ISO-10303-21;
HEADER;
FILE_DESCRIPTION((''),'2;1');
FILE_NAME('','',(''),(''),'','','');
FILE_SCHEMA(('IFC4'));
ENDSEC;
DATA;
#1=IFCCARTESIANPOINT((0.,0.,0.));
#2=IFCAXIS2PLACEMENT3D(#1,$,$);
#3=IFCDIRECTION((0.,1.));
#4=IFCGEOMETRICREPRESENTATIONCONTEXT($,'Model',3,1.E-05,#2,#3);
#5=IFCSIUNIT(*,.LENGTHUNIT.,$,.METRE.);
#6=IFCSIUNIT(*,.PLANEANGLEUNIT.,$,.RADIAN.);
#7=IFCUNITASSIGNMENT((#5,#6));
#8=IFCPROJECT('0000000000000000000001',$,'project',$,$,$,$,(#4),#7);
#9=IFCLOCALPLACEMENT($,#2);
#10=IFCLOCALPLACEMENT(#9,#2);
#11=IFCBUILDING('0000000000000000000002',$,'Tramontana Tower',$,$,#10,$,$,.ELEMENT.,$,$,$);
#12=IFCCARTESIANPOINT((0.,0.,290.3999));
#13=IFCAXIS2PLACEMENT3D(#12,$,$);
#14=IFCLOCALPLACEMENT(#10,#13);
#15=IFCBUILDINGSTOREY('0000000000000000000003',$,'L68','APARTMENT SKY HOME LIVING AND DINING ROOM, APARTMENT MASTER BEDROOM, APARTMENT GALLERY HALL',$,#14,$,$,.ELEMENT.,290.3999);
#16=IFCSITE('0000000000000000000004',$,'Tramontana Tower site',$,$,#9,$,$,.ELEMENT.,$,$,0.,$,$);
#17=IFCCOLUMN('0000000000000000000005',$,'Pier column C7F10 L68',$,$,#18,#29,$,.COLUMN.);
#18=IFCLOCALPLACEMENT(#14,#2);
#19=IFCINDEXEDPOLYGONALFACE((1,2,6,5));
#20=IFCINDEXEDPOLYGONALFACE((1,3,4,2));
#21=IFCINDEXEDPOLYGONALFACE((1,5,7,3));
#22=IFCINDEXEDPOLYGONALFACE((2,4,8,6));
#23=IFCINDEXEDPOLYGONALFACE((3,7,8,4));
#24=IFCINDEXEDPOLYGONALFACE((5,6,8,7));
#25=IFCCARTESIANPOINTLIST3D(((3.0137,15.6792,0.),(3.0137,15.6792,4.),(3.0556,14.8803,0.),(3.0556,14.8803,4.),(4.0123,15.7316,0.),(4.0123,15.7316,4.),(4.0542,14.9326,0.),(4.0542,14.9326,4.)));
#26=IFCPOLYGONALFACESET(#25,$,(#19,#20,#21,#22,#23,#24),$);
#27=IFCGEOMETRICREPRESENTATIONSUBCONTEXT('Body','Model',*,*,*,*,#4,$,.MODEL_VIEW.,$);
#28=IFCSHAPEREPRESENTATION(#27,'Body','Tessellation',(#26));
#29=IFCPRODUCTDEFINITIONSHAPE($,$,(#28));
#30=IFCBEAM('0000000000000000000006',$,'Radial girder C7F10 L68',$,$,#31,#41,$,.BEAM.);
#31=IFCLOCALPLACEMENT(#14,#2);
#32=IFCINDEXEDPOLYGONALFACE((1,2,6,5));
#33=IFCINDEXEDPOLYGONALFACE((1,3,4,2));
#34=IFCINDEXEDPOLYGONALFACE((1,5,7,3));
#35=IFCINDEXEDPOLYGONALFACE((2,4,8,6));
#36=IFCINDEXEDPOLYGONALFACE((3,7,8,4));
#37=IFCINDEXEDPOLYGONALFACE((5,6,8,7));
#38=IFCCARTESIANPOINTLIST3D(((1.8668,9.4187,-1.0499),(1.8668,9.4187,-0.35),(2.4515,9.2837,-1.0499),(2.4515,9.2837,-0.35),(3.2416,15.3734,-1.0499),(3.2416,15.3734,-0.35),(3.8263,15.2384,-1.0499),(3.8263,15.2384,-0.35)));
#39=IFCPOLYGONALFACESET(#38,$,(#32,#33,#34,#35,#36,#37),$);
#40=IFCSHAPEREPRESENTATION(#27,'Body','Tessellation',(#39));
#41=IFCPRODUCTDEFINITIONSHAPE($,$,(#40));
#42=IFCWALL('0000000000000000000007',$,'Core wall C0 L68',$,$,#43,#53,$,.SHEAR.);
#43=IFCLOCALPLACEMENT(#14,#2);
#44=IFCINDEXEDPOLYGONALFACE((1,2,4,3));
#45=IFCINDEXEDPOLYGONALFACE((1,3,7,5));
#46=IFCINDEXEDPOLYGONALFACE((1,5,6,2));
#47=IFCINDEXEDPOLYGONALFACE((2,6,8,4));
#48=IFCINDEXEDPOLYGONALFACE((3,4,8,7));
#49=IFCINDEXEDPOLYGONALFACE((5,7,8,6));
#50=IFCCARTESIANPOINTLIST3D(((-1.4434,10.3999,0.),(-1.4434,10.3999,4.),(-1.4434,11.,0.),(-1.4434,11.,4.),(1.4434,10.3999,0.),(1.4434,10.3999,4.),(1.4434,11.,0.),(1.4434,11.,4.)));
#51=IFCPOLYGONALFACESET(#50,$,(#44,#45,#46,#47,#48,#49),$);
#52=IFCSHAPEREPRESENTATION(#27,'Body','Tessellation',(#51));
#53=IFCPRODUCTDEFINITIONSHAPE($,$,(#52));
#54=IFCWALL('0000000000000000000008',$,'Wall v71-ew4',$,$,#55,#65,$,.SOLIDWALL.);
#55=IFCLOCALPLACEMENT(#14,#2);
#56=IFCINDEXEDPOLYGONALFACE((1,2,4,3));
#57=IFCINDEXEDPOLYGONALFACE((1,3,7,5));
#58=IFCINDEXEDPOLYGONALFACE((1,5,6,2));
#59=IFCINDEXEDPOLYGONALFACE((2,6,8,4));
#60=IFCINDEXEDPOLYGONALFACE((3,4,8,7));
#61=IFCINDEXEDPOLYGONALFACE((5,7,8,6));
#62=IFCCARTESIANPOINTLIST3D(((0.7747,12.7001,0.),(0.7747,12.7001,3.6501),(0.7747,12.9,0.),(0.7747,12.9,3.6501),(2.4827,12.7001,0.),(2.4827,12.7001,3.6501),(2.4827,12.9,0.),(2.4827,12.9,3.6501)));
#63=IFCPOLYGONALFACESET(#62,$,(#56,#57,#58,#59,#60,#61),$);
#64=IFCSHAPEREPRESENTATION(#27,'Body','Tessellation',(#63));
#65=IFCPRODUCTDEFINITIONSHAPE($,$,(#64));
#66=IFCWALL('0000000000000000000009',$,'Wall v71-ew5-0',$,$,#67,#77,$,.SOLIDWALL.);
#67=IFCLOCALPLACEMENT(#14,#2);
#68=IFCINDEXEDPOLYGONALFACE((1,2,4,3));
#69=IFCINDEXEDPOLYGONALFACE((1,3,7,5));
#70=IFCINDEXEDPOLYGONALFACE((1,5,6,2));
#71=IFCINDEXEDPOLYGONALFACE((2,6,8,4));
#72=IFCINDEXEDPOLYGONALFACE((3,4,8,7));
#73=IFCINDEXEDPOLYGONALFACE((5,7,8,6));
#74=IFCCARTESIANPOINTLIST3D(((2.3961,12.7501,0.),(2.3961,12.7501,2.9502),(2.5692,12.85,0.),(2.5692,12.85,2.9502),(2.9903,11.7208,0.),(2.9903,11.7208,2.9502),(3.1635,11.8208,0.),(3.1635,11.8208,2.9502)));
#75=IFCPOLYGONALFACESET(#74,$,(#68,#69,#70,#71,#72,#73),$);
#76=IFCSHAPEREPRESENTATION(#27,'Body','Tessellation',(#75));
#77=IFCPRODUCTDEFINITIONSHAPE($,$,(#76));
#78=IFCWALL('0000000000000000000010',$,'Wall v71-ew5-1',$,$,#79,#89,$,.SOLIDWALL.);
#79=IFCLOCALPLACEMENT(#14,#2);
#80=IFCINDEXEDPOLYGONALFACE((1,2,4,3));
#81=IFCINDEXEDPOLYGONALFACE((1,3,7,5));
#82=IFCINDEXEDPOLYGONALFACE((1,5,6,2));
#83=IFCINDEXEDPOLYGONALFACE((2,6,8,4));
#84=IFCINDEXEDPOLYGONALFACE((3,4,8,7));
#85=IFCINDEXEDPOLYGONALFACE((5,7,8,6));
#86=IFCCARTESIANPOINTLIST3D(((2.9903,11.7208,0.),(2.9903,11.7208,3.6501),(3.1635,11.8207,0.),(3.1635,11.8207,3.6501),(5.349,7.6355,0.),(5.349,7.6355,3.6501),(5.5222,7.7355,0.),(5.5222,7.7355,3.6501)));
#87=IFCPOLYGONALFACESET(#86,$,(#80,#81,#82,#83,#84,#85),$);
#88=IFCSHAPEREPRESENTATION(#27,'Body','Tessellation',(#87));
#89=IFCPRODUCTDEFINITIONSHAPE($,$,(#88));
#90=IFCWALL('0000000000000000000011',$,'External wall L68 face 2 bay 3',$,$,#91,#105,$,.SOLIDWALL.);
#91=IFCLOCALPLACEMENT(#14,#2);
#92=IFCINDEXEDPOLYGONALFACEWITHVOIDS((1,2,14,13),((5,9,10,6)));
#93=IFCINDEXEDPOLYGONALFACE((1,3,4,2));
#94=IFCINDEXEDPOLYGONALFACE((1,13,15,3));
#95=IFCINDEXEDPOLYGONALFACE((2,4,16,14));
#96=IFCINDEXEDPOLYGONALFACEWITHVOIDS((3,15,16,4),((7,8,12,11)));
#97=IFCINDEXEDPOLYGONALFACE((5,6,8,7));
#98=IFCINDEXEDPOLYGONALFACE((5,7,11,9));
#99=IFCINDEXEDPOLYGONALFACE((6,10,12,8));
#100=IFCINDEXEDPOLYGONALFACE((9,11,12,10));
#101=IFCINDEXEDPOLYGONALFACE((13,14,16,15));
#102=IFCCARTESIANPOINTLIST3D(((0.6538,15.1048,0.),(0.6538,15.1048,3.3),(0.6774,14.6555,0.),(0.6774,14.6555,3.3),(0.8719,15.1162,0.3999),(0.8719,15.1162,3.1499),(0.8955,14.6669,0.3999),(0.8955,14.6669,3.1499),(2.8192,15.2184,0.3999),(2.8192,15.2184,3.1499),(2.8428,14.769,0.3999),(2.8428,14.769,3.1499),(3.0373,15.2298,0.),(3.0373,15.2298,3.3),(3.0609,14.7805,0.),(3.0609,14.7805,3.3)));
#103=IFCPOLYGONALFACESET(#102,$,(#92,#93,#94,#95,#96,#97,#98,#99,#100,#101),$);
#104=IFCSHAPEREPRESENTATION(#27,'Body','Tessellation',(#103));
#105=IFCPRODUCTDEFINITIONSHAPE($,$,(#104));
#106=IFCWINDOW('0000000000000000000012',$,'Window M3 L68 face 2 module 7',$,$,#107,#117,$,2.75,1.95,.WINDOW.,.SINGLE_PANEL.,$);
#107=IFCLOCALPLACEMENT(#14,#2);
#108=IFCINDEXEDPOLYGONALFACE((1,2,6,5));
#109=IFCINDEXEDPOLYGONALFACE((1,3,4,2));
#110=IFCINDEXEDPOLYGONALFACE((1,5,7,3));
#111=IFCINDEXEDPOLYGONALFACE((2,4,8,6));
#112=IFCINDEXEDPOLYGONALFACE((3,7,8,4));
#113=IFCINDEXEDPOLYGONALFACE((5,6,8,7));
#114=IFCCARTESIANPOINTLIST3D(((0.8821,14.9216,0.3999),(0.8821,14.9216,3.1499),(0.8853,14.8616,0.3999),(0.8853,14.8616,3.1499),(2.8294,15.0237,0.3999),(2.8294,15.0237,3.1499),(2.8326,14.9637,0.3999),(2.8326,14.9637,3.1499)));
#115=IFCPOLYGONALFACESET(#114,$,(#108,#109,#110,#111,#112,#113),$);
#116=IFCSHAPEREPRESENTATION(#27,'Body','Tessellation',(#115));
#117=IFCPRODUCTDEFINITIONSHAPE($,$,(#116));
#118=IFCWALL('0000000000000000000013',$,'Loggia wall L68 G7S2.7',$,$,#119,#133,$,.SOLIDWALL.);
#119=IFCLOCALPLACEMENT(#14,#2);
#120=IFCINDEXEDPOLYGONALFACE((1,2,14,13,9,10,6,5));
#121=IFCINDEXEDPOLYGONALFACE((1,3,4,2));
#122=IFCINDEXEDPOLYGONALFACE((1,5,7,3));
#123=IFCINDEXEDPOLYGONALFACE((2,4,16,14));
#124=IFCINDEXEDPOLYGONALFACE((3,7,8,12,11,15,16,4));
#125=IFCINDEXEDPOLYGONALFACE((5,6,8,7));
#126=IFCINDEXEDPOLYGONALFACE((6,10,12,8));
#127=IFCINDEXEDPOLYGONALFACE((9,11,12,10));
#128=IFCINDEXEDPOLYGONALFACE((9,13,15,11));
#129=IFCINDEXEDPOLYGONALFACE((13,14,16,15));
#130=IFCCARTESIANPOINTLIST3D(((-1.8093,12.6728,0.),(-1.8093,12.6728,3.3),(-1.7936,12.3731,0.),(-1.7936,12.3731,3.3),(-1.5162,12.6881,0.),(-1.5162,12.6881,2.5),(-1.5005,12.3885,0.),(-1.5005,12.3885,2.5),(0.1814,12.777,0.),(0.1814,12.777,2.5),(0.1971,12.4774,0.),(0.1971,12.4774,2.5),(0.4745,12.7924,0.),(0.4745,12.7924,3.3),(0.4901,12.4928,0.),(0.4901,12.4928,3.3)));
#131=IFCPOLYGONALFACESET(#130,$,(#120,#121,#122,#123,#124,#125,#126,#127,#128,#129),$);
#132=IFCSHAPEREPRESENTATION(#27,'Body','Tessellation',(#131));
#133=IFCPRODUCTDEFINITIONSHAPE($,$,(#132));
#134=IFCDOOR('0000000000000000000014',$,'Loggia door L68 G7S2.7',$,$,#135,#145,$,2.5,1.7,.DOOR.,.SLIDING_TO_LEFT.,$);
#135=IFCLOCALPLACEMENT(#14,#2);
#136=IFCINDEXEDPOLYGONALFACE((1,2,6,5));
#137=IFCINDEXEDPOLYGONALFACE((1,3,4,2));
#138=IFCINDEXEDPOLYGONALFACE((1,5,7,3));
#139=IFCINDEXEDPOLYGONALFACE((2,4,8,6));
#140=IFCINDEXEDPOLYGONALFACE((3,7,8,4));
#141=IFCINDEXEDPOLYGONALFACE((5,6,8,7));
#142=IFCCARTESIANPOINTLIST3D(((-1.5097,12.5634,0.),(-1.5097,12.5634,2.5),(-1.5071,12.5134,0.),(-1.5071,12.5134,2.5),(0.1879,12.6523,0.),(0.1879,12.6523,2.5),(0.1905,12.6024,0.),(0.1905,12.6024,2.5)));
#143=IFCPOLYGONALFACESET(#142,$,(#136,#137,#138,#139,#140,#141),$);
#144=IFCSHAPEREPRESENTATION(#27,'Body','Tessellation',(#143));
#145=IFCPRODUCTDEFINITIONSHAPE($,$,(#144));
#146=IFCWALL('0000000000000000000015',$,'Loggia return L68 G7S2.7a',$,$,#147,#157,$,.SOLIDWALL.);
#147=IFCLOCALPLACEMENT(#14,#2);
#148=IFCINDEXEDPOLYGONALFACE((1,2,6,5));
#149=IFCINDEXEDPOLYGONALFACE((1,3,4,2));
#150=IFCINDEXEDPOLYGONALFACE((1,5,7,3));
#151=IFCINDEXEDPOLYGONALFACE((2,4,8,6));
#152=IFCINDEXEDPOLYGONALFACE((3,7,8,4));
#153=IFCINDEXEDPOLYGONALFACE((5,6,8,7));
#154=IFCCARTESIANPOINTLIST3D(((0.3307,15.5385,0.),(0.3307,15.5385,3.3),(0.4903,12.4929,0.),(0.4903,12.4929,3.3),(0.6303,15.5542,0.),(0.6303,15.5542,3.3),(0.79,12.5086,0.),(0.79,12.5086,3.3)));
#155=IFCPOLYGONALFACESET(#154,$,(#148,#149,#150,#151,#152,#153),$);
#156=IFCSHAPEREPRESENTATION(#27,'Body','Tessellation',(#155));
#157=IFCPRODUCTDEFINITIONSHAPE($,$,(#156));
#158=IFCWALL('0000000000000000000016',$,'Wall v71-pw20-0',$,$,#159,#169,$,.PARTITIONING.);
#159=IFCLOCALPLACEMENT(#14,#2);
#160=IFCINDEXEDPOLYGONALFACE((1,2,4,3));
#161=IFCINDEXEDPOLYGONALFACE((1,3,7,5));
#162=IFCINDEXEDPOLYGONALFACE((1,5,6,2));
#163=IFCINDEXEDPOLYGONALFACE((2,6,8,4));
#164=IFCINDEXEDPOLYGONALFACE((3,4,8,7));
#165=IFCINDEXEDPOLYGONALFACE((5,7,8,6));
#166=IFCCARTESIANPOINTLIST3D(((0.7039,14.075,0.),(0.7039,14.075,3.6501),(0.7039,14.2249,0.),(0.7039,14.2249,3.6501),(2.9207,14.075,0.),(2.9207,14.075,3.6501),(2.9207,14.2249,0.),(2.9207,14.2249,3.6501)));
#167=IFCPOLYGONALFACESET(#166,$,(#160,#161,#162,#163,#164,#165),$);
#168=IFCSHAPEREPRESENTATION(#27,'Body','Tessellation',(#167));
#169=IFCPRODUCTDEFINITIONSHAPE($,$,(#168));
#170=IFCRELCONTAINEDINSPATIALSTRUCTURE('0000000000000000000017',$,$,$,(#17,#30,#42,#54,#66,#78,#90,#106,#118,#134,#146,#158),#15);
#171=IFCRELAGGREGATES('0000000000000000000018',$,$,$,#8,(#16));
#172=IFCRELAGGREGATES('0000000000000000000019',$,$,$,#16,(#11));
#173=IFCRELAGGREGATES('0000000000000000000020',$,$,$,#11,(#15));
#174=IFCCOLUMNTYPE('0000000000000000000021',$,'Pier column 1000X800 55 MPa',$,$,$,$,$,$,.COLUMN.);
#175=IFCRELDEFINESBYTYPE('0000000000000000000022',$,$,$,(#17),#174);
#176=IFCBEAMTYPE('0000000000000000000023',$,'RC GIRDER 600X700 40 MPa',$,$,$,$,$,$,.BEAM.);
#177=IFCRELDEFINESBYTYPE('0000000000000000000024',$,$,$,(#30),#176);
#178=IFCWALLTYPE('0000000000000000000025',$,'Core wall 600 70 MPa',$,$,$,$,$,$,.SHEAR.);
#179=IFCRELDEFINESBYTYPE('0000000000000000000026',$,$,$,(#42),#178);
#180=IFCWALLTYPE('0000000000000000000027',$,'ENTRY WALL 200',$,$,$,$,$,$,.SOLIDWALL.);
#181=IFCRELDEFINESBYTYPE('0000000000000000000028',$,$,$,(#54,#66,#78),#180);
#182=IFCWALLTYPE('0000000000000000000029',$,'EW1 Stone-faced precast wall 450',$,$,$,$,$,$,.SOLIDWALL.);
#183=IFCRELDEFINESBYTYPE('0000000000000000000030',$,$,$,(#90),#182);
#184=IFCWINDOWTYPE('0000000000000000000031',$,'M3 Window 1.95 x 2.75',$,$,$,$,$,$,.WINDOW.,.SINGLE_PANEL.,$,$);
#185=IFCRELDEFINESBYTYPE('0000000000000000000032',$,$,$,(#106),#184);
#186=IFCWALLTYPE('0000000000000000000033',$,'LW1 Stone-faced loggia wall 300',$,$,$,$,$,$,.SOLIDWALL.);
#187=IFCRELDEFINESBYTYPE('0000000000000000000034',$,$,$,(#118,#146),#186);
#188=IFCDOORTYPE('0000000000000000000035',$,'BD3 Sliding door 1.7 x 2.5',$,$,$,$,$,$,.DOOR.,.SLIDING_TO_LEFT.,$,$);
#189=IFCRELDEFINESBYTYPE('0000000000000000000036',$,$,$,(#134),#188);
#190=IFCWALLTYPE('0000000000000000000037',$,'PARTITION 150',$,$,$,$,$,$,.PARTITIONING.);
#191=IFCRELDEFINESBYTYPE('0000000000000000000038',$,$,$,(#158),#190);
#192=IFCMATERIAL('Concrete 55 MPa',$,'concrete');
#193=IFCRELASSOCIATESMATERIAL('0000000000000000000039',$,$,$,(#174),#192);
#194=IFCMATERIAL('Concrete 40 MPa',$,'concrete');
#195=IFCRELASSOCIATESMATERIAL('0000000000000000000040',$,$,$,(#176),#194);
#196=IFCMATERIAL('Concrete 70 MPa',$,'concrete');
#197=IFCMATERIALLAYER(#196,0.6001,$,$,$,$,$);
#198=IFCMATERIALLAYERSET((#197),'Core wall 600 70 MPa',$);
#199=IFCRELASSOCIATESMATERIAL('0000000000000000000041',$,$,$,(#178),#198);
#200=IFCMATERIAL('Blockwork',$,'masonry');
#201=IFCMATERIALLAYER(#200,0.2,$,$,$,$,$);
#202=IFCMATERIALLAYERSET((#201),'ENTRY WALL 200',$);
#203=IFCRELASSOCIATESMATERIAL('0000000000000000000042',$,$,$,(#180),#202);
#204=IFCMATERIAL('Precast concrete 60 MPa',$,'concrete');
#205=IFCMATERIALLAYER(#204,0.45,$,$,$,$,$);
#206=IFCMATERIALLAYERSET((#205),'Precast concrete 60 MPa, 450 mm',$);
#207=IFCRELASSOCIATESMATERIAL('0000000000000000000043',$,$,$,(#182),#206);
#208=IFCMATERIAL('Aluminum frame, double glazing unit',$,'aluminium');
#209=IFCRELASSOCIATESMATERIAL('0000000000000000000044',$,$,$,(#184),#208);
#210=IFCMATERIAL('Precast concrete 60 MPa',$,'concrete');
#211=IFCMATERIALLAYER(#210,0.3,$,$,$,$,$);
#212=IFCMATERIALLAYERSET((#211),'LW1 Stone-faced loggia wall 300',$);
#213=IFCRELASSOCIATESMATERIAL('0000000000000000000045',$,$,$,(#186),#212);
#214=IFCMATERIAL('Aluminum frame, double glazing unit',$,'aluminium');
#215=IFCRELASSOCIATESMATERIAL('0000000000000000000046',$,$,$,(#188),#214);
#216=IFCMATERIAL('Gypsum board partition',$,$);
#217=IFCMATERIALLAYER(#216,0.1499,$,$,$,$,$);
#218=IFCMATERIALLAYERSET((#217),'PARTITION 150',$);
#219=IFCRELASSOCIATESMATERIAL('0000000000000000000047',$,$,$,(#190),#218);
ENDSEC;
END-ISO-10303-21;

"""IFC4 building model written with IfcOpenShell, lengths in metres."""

from ifc_helpers import new_model, si_unit, direction, frame, frame_2d, origin, origin_2d, place, context, subcontext, project, spatial, rectangle, extrude, material, layer, layer_set, material_profile, profile_set, type_object, element, fill, save


model = new_model("IFC4")

# Units and contexts
model_context = context("Model", 3, precision=1e-05, world=origin(), true_north=direction((0.0, 1.0)))
body_context = subcontext(model_context, "Body", "Model", "MODEL_VIEW")
ifc_project = project(units=[si_unit("LENGTHUNIT", "METRE"), si_unit("PLANEANGLEUNIT", "RADIAN")], contexts=[model_context])

# Site, building, storey
site_placement = place(None, origin())
site = spatial("IfcSite", under=ifc_project, at=site_placement, Name="Tramontana Tower site", CompositionType="ELEMENT", RefElevation=0.0)
building_placement = place(site_placement, origin())
building = spatial("IfcBuilding", under=site, at=building_placement, Name="Tramontana Tower", CompositionType="ELEMENT")
storey_placement = place(building_placement, frame((0.0, 0.0, 290.3999)))
storey = spatial("IfcBuildingStorey", under=building, at=storey_placement, Name="L68", Description="APARTMENT SKY HOME LIVING AND DINING ROOM, APARTMENT MASTER BEDROOM, APARTMENT GALLERY HALL", CompositionType="ELEMENT", Elevation=290.3999)

# Column
ifc_material_1 = material(Name="Concrete 55 MPa", Category="concrete")
ifc_material_profile_1 = material_profile(ifc_material_1, rectangle(XDim=1.0, YDim=0.8, at=origin_2d()), Name="Pier column 1000X800 55 MPa")
ifc_profile_set_1 = profile_set([ifc_material_profile_1], Name="Concrete 55 MPa")
column_type = type_object("IfcColumnType", Name="Pier column 1000X800 55 MPa", PredefinedType="COLUMN", material=ifc_profile_set_1)
column_placement = place(storey_placement, frame((3.5339, 15.3059, 0.0), z_axis=(0.0, 0.0, 1.0), x_axis=(-0.99863, -0.052336, 0.0)))
element("IfcColumn", 1, at=column_placement, inside=storey, type_object=column_type, Name="Pier column C7F10 L68", PredefinedType="COLUMN", context=body_context, shape_type="SweptSolid", body=[
    extrude(rectangle(XDim=1.0, YDim=0.8, at=origin_2d()), origin(), (0.0, 0.0, 1.0), 4.0),
])

# Beam
ifc_material_2 = material(Name="Concrete 40 MPa", Category="concrete")
ifc_material_profile_2 = material_profile(ifc_material_2, rectangle(XDim=0.6001, YDim=0.7, at=origin_2d()), Name="RC GIRDER 600X700 40 MPa")
ifc_profile_set_2 = profile_set([ifc_material_profile_2], Name="Concrete 40 MPa")
beam_type = type_object("IfcBeamType", Name="RC GIRDER 600X700 40 MPa", PredefinedType="BEAM", material=ifc_profile_set_2)
beam_placement = place(storey_placement, frame((3.5339, 15.3059, -0.7), z_axis=(-0.224956, -0.974369, 0.0), x_axis=(0.974369, -0.224956, 0.0)))
element("IfcBeam", 2, at=beam_placement, inside=storey, type_object=beam_type, Name="Radial girder C7F10 L68", PredefinedType="BEAM", context=body_context, shape_type="SweptSolid", body=[
    extrude(rectangle(XDim=0.6001, YDim=0.7, at=origin_2d()), origin(), (0.0, 0.0, 1.0), 6.1113),
])

# Walls
ifc_material_3 = material(Name="Concrete 70 MPa", Category="concrete")
ifc_layer_1 = layer(ifc_material_3, 0.6001)
ifc_layer_set_1 = layer_set([ifc_layer_1], Name="Core wall 600 70 MPa")
wall_type_1 = type_object("IfcWallType", Name="Core wall 600 70 MPa", PredefinedType="SHEAR", material=ifc_layer_set_1)
wall_1_placement = place(storey_placement, frame((1.4434, 10.7, 0.0), z_axis=(0.0, 0.0, 1.0), x_axis=(-1.0, 0.0, 0.0)))
element("IfcWall", 3, at=wall_1_placement, inside=storey, type_object=wall_type_1, Name="Core wall C0 L68", PredefinedType="SHEAR", context=body_context, shape_type="SweptSolid", body=[
    extrude(rectangle(XDim=2.8867, YDim=0.6001, at=frame_2d((1.4434, 0.0))), origin(), (0.0, 0.0, 1.0), 4.0),
])
ifc_material_4 = material(Name="Blockwork", Category="masonry")
ifc_layer_2 = layer(ifc_material_4, 0.2)
ifc_layer_set_2 = layer_set([ifc_layer_2], Name="ENTRY WALL 200")
wall_type_2 = type_object("IfcWallType", Name="ENTRY WALL 200", PredefinedType="SOLIDWALL", material=ifc_layer_set_2)
wall_2_placement = place(storey_placement, frame((0.7747, 12.8, 0.0), z_axis=(0.0, 0.0, 1.0), x_axis=(1.0, 0.0, 0.0)))
element("IfcWall", 4, at=wall_2_placement, inside=storey, type_object=wall_type_2, Name="Wall v71-ew4", PredefinedType="SOLIDWALL", context=body_context, shape_type="SweptSolid", body=[
    extrude(rectangle(XDim=1.708, YDim=0.2, at=frame_2d((0.854, 0.0))), origin(), (0.0, 0.0, 1.0), 3.6501),
])
wall_3_placement = place(storey_placement, frame((2.4827, 12.8, 0.0), z_axis=(0.0, 0.0, 1.0), x_axis=(0.499983, -0.866035, 0.0)))
element("IfcWall", 5, at=wall_3_placement, inside=storey, type_object=wall_type_2, Name="Wall v71-ew5-0", PredefinedType="SOLIDWALL", context=body_context, shape_type="SweptSolid", body=[
    extrude(rectangle(XDim=1.1885, YDim=0.2, at=frame_2d((0.5942, 0.0))), origin(), (0.0, 0.0, 1.0), 2.9502),
])
wall_4_placement = place(storey_placement, frame((3.0769, 11.7708, 0.0), z_axis=(0.0, 0.0, 1.0), x_axis=(0.500008, -0.866021, 0.0)))
element("IfcWall", 6, at=wall_4_placement, inside=storey, type_object=wall_type_2, Name="Wall v71-ew5-1", PredefinedType="SOLIDWALL", context=body_context, shape_type="SweptSolid", body=[
    extrude(rectangle(XDim=4.7173, YDim=0.2, at=frame_2d((2.3586, 0.0))), origin(), (0.0, 0.0, 1.0), 3.6501),
])

# Wall, opening, window
ifc_material_5 = material(Name="Precast concrete 60 MPa", Category="concrete")
ifc_layer_3 = layer(ifc_material_5, 0.45)
ifc_layer_set_3 = layer_set([ifc_layer_3], Name="Precast concrete 60 MPa, 450 mm")
wall_type_3 = type_object("IfcWallType", Name="EW1 Stone-faced precast wall 450", PredefinedType="SOLIDWALL", material=ifc_layer_set_3)
wall_5_placement = place(storey_placement, frame((3.0491, 15.0051, 0.0), z_axis=(0.0, 0.0, 1.0), x_axis=(-0.998628, -0.052371, 0.0)))
wall_5 = element("IfcWall", 7, at=wall_5_placement, inside=storey, type_object=wall_type_3, Name="External wall L68 face 2 bay 3", PredefinedType="SOLIDWALL", context=body_context, shape_type="SweptSolid", body=[
    extrude(rectangle(XDim=2.3867, YDim=0.45, at=frame_2d((1.1934, 0.0))), origin(), (0.0, 0.0, 1.0), 3.3),
])
opening_1_placement = place(wall_5_placement, frame((0.2183, 0.0, 0.3999)))
opening_1 = element("IfcOpeningElement", 8, at=opening_1_placement, cuts=wall_5, PredefinedType="OPENING", context=body_context, shape_type="SweptSolid", body=[
    extrude(rectangle(XDim=1.95, YDim=2.75, at=frame_2d((0.9751, 1.375))), frame((0.0, 0.2349, 0.0), z_axis=(0.0, -1.0, 0.0), x_axis=(1.0, 0.0, 0.0)), (0.0, 0.0, 1.0), 0.47),
])
ifc_material_6 = material(Name="Aluminum frame, double glazing unit", Category="aluminium")
window_type = type_object("IfcWindowType", Name="M3 Window 1.95 x 2.75", PartitioningType="SINGLE_PANEL", PredefinedType="WINDOW", material=ifc_material_6)
window_placement = place(opening_1_placement, origin())
window = element("IfcWindow", 9, at=window_placement, inside=storey, type_object=window_type, Name="Window M3 L68 face 2 module 7", OverallHeight=2.75, OverallWidth=1.95, PartitioningType="SINGLE_PANEL", PredefinedType="WINDOW", context=body_context, shape_type="SweptSolid", body=[
    extrude(rectangle(XDim=1.95, YDim=2.75, at=frame_2d((0.9751, 1.375))), frame((0.0, 0.03, 0.0), z_axis=(0.0, -1.0, 0.0), x_axis=(1.0, 0.0, 0.0)), (0.0, 0.0, 1.0), 0.0601),
])
fill(opening_1, window)

# Wall, opening, door
ifc_material_7 = material(Name="Precast concrete 60 MPa", Category="concrete")
ifc_layer_4 = layer(ifc_material_7, 0.3)
ifc_layer_set_4 = layer_set([ifc_layer_4], Name="LW1 Stone-faced loggia wall 300")
wall_type_4 = type_object("IfcWallType", Name="LW1 Stone-faced loggia wall 300", PredefinedType="SOLIDWALL", material=ifc_layer_set_4)
wall_6_placement = place(storey_placement, frame((0.4824, 12.6426, 0.0), z_axis=(0.0, 0.0, 1.0), x_axis=(-0.998631, -0.052312, 0.0)))
wall_6 = element("IfcWall", 10, at=wall_6_placement, inside=storey, type_object=wall_type_4, Name="Loggia wall L68 G7S2.7", PredefinedType="SOLIDWALL", context=body_context, shape_type="SweptSolid", body=[
    extrude(rectangle(XDim=2.2869, YDim=0.3, at=frame_2d((1.1436, 0.0))), origin(), (0.0, 0.0, 1.0), 3.3),
])
opening_2_placement = place(wall_6_placement, frame((0.2935, 0.0, 0.0)))
opening_2 = element("IfcOpeningElement", 11, at=opening_2_placement, cuts=wall_6, PredefinedType="OPENING", context=body_context, shape_type="SweptSolid", body=[
    extrude(rectangle(XDim=1.7, YDim=2.5, at=frame_2d((0.8501, 1.25))), frame((0.0, 0.1599, 0.0), z_axis=(0.0, -1.0, 0.0), x_axis=(1.0, 0.0, 0.0)), (0.0, 0.0, 1.0), 0.3201),
])
ifc_material_8 = material(Name="Aluminum frame, double glazing unit", Category="aluminium")
door_type_1 = type_object("IfcDoorType", Name="BD3 Sliding door 1.7 x 2.5", OperationType="SLIDING_TO_LEFT", PredefinedType="DOOR", material=ifc_material_8)
door_1_placement = place(opening_2_placement, origin())
door_1 = element("IfcDoor", 12, at=door_1_placement, inside=storey, type_object=door_type_1, Name="Loggia door L68 G7S2.7", OperationType="SLIDING_TO_LEFT", OverallHeight=2.5, OverallWidth=1.7, PredefinedType="DOOR", context=body_context, shape_type="SweptSolid", body=[
    extrude(rectangle(XDim=1.7, YDim=2.5, at=frame_2d((0.8501, 1.25))), frame((0.0, 0.0249, 0.0), z_axis=(0.0, -1.0, 0.0), x_axis=(1.0, 0.0, 0.0)), (0.0, 0.0, 1.0), 0.05),
])
fill(opening_2, door_1)

# Walls
wall_7_placement = place(storey_placement, frame((0.4805, 15.5464, 0.0), z_axis=(0.0, 0.0, 1.0), x_axis=(0.052353, -0.998629, 0.0)))
element("IfcWall", 13, at=wall_7_placement, inside=storey, type_object=wall_type_4, Name="Loggia return L68 G7S2.7a", PredefinedType="SOLIDWALL", context=body_context, shape_type="SweptSolid", body=[
    extrude(rectangle(XDim=3.0498, YDim=0.3, at=frame_2d((1.5249, 0.0))), origin(), (0.0, 0.0, 1.0), 3.3),
])
ifc_material_9 = material(Name="Gypsum board partition")
ifc_layer_5 = layer(ifc_material_9, 0.1499)
ifc_layer_set_5 = layer_set([ifc_layer_5], Name="PARTITION 150")
wall_type_5 = type_object("IfcWallType", Name="PARTITION 150", PredefinedType="PARTITIONING", material=ifc_layer_set_5)
wall_8_placement = place(storey_placement, frame((0.7039, 14.1499, 0.0), z_axis=(0.0, 0.0, 1.0), x_axis=(1.0, 0.0, 0.0)))
element("IfcWall", 14, at=wall_8_placement, inside=storey, type_object=wall_type_5, Name="Wall v71-pw20-0", PredefinedType="PARTITIONING", context=body_context, shape_type="SweptSolid", body=[
    extrude(rectangle(XDim=2.2168, YDim=0.1499, at=frame_2d((1.1084, 0.0))), origin(), (0.0, 0.0, 1.0), 3.6501),
])

save(model, "model.ifc")
